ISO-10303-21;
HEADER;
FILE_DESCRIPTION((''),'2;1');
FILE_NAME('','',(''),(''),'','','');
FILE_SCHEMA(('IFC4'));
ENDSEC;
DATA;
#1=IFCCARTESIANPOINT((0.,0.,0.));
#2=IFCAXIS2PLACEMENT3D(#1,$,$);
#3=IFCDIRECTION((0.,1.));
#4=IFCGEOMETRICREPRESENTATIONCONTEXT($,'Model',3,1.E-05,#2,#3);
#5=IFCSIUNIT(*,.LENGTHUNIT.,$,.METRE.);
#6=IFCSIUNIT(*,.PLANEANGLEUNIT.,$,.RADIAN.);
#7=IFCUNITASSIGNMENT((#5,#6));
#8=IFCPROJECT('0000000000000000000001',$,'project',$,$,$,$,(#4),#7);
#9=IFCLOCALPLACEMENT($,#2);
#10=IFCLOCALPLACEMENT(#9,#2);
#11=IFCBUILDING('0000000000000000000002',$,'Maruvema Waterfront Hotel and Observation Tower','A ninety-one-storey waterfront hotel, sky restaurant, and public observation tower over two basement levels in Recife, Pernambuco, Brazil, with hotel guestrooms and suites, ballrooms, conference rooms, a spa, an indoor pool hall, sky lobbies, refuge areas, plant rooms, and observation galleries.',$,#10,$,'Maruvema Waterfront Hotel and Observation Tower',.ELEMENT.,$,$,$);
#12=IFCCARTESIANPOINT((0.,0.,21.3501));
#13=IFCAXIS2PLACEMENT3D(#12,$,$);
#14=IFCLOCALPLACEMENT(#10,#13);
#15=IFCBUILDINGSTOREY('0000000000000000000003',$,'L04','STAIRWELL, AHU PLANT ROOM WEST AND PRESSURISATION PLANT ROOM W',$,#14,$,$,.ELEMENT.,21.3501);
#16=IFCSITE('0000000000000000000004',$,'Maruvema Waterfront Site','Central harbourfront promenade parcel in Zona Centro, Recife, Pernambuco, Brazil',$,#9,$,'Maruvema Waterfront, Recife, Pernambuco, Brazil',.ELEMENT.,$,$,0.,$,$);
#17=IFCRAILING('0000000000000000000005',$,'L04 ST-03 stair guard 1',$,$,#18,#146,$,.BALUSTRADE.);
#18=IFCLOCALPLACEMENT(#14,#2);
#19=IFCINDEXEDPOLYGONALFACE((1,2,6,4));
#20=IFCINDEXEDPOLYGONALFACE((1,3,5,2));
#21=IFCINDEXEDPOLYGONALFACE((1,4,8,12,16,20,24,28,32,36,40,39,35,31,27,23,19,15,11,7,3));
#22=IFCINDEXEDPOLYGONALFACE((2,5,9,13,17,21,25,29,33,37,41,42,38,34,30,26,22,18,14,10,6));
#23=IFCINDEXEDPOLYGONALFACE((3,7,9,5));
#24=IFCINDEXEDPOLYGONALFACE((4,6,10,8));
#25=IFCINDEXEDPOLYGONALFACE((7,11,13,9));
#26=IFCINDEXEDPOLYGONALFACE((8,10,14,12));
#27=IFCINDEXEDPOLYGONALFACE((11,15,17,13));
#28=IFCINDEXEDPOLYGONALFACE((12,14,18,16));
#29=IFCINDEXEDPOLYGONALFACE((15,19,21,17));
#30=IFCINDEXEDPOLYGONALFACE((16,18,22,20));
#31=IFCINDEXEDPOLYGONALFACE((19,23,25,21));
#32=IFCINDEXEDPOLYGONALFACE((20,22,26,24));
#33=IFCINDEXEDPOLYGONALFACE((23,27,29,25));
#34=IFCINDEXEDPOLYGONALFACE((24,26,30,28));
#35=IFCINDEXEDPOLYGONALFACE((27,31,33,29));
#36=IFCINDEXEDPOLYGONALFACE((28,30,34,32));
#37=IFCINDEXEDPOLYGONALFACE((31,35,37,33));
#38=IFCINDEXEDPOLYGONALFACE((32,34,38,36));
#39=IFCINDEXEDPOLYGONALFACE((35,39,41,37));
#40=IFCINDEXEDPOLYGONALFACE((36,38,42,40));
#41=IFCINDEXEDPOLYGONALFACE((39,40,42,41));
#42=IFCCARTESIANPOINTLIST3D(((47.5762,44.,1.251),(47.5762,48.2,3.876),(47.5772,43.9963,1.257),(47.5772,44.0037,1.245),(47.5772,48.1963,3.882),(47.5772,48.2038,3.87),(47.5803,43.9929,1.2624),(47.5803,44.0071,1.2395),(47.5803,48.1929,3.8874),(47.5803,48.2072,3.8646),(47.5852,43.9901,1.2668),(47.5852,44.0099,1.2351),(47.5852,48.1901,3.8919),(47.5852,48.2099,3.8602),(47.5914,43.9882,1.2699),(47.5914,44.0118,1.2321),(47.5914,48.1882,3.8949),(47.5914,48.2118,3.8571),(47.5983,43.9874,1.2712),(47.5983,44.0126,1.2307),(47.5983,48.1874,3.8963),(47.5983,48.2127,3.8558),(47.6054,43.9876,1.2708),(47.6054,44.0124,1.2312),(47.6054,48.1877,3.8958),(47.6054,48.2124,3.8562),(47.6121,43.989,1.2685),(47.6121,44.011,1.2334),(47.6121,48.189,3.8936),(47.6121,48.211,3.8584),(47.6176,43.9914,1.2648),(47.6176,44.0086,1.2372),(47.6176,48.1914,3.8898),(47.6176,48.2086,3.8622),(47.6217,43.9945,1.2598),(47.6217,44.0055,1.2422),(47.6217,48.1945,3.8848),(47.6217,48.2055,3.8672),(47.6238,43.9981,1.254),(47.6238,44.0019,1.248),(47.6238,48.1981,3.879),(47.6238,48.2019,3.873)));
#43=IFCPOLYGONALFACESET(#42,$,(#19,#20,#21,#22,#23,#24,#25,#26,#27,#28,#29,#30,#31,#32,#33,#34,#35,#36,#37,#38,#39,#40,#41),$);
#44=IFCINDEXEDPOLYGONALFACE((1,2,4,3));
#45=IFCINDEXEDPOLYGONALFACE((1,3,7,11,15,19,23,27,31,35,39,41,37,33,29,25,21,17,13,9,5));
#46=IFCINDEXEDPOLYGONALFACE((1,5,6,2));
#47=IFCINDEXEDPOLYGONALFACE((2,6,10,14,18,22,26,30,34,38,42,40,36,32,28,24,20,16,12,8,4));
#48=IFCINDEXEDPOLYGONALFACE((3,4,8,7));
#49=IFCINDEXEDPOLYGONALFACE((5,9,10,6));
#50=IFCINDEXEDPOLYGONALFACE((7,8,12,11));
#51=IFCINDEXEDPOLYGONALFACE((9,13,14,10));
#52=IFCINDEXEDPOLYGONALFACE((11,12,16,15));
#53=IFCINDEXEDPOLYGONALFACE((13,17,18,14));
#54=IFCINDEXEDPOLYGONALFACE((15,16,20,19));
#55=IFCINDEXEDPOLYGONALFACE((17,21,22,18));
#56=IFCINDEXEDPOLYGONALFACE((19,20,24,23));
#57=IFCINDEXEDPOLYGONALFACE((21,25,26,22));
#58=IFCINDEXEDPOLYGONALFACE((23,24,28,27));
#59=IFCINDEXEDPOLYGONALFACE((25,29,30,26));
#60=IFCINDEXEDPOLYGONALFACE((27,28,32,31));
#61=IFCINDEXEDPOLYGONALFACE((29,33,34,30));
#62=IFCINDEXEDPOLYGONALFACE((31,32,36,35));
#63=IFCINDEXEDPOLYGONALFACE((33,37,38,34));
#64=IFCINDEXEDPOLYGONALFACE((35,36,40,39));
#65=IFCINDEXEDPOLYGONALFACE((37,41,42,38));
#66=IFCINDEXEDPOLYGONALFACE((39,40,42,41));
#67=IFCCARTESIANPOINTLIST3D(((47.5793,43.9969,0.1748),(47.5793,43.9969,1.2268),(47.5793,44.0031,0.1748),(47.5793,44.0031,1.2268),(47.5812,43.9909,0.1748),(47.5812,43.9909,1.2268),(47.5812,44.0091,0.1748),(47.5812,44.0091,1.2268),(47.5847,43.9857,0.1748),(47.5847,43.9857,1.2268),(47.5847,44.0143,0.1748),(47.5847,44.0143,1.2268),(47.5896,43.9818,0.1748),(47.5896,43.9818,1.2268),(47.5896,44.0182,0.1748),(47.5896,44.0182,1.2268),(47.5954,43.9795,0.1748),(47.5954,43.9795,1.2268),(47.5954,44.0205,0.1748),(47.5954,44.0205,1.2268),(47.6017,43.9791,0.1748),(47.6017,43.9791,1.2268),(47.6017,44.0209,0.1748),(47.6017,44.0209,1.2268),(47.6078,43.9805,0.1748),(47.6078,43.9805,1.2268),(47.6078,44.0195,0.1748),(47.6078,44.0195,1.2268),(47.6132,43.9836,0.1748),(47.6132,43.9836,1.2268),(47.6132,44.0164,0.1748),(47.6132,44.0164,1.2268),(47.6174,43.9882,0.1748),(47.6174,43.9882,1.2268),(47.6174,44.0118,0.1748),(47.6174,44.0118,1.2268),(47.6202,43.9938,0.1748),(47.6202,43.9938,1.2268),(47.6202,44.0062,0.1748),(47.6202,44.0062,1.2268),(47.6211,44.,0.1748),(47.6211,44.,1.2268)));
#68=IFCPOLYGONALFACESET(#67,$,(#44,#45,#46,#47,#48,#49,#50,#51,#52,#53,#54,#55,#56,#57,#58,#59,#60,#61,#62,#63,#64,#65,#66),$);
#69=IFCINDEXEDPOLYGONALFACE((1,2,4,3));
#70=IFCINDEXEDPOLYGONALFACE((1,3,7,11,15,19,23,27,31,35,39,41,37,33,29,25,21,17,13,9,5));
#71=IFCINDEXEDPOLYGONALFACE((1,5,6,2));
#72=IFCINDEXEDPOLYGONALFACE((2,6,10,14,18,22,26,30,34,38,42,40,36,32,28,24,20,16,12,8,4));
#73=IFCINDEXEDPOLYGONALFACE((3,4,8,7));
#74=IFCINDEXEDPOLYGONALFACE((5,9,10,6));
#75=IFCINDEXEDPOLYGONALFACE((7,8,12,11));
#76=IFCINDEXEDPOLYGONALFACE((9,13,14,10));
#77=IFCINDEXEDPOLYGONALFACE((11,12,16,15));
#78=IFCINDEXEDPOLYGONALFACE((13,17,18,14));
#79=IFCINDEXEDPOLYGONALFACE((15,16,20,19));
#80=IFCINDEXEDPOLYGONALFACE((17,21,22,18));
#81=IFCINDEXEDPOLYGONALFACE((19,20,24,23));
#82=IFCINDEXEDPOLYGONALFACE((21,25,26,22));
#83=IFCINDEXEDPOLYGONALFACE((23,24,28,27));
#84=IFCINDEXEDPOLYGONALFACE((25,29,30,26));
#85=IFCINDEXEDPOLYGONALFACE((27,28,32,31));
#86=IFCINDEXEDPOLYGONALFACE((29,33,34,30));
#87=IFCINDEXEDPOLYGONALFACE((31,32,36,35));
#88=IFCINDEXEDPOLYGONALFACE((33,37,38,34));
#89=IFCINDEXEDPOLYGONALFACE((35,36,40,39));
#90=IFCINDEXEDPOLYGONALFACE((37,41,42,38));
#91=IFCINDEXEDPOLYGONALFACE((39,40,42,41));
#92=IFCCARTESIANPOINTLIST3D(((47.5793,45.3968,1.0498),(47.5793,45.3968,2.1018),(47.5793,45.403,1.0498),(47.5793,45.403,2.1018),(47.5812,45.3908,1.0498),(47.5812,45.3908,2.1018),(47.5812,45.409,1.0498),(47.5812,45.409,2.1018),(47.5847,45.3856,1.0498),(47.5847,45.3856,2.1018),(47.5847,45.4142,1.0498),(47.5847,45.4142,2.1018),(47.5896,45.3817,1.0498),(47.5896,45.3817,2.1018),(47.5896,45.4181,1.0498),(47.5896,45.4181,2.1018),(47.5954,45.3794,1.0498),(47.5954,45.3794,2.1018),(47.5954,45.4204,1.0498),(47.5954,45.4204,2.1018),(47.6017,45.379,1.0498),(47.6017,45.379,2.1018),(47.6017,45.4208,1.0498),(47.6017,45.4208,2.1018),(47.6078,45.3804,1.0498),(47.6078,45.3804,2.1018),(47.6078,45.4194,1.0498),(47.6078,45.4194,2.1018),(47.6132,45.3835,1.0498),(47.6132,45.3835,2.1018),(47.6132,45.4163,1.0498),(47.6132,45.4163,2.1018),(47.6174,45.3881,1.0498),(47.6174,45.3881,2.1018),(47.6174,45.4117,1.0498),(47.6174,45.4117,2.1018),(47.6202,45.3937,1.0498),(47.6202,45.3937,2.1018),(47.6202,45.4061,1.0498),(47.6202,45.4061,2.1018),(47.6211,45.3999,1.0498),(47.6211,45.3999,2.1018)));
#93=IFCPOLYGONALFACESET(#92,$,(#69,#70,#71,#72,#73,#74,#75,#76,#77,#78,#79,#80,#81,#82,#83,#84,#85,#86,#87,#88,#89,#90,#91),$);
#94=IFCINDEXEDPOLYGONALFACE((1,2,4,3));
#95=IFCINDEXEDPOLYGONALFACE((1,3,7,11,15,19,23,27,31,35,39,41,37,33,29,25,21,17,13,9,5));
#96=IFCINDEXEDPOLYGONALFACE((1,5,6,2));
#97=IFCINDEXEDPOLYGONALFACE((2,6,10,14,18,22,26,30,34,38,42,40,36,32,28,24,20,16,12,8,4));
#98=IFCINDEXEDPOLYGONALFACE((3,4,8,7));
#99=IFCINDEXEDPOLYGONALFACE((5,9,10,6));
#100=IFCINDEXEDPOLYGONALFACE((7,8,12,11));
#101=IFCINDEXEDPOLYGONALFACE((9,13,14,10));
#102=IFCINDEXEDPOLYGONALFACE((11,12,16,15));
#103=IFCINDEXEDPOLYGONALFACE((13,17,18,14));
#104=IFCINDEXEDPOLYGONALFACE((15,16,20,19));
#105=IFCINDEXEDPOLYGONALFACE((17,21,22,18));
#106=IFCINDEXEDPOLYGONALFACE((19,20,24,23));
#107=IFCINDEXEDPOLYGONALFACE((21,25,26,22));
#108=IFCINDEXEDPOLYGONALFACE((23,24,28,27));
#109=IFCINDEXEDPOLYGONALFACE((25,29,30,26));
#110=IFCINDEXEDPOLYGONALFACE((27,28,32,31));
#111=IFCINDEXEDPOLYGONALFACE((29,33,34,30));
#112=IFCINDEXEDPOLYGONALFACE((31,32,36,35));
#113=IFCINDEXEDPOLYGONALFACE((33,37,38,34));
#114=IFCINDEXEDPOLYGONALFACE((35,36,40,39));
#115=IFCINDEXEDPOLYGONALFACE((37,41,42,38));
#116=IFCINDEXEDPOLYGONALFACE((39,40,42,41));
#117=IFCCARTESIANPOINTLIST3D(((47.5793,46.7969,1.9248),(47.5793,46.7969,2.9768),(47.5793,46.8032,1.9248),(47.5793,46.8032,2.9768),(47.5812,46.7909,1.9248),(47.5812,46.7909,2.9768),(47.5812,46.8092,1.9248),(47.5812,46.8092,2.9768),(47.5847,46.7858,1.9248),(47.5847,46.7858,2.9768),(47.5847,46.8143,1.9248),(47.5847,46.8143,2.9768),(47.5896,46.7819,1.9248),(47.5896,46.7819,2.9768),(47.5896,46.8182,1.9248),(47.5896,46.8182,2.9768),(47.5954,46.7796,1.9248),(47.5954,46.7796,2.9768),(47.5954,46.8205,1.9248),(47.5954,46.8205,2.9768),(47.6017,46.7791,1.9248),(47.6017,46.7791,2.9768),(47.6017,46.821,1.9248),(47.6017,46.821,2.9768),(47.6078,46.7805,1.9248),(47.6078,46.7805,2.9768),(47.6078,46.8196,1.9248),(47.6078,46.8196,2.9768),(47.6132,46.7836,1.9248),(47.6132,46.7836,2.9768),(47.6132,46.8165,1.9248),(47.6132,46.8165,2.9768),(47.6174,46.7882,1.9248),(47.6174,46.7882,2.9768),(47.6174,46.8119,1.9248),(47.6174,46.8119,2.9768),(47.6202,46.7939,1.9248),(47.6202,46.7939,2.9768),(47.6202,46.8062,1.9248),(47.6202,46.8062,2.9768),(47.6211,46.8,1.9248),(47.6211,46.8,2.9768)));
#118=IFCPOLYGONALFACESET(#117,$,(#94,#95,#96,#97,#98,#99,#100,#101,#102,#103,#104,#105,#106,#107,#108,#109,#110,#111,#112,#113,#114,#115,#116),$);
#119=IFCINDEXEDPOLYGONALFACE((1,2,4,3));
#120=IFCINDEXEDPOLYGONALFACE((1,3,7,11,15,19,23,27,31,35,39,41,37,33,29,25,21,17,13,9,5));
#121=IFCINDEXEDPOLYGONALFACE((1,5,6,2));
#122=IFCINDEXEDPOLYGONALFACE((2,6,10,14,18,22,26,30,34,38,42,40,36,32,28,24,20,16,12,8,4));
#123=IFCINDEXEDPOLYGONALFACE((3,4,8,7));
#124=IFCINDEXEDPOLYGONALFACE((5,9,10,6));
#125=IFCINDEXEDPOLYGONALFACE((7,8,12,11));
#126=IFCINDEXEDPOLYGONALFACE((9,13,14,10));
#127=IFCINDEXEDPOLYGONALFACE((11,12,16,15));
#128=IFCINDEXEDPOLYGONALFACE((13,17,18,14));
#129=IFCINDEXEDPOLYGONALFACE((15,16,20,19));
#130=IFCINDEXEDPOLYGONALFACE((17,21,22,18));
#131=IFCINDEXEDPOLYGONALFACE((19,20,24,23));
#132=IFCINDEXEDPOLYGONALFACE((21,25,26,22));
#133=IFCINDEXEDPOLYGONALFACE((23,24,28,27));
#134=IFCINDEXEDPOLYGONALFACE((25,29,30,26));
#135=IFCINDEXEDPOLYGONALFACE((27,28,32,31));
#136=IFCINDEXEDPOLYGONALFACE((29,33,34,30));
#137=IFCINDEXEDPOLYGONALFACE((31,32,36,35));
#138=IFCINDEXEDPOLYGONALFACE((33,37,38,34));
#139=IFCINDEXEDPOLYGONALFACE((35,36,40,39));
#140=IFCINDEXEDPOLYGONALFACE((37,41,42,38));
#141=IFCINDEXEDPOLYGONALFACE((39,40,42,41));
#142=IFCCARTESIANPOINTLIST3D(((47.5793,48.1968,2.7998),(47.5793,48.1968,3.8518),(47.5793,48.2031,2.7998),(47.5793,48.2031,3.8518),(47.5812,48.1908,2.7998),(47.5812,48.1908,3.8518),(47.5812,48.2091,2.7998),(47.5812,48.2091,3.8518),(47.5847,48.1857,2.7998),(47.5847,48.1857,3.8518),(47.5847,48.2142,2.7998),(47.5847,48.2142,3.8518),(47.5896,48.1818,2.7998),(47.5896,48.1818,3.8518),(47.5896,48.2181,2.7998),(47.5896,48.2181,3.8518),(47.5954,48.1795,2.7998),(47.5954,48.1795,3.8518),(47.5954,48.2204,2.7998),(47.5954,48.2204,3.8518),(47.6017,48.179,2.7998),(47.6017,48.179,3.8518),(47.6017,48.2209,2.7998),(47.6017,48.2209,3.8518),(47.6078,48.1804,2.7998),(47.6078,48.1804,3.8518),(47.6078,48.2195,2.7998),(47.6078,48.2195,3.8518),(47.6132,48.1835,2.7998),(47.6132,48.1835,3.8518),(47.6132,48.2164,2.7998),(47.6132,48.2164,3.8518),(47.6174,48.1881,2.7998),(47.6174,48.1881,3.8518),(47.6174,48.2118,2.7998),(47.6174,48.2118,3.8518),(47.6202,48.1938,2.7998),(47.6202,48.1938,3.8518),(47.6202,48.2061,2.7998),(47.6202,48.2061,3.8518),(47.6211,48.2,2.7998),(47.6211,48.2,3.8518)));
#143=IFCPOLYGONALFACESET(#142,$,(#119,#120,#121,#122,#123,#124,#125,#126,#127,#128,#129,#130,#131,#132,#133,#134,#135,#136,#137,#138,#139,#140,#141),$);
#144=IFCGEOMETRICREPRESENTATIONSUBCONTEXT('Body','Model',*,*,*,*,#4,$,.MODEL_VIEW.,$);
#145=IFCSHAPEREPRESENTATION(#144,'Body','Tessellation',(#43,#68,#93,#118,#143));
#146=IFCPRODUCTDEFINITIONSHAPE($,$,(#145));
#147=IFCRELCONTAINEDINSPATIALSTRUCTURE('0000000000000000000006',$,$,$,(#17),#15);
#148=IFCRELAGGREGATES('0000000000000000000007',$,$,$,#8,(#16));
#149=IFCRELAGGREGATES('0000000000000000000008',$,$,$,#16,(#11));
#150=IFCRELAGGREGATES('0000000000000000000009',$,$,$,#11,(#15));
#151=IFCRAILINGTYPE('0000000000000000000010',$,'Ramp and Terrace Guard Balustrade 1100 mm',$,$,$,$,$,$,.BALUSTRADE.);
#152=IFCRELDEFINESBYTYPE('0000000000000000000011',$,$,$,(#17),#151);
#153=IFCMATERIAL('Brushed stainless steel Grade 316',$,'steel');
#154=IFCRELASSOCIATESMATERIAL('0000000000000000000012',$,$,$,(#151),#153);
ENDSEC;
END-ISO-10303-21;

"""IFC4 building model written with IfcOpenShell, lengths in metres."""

from ifc_helpers import new_model, si_unit, direction, frame, origin, origin_2d, place, context, subcontext, project, spatial, circle, extrude, material, type_object, element, save


model = new_model("IFC4")

# Units and contexts
model_context = context("Model", 3, precision=1e-05, world=origin(), true_north=direction((0.0, 1.0)))
body_context = subcontext(model_context, "Body", "Model", "MODEL_VIEW")
ifc_project = project(units=[si_unit("LENGTHUNIT", "METRE"), si_unit("PLANEANGLEUNIT", "RADIAN")], contexts=[model_context])

# Site, building, storey
site_placement = place(None, origin())
site = spatial("IfcSite", under=ifc_project, at=site_placement, Name="Maruvema Waterfront Site", Description="Central harbourfront promenade parcel in Zona Centro, Recife, Pernambuco, Brazil", LongName="Maruvema Waterfront, Recife, Pernambuco, Brazil", CompositionType="ELEMENT", RefElevation=0.0)
building_placement = place(site_placement, origin())
building = spatial("IfcBuilding", under=site, at=building_placement, Name="Maruvema Waterfront Hotel and Observation Tower", Description="A ninety-one-storey waterfront hotel, sky restaurant, and public observation tower over two basement levels in Recife, Pernambuco, Brazil, with hotel guestrooms and suites, ballrooms, conference rooms, a spa, an indoor pool hall, sky lobbies, refuge areas, plant rooms, and observation galleries.", LongName="Maruvema Waterfront Hotel and Observation Tower", CompositionType="ELEMENT")
storey_placement = place(building_placement, frame((0.0, 0.0, 21.3501)))
storey = spatial("IfcBuildingStorey", under=building, at=storey_placement, Name="L04", Description="STAIRWELL, AHU PLANT ROOM WEST AND PRESSURISATION PLANT ROOM W", CompositionType="ELEMENT", Elevation=21.3501)

# Railing
ifc_material_1 = material(Name="Brushed stainless steel Grade 316", Category="steel")
railing_type_1 = type_object("IfcRailingType", Name="Ramp and Terrace Guard Balustrade 1100 mm", PredefinedType="BALUSTRADE", material=ifc_material_1)
railing_1_placement = place(storey_placement, frame((47.6001, 44.0, 0.1748)))
element("IfcRailing", 1, at=railing_1_placement, inside=storey, type_object=railing_type_1, Name="L04 ST-03 stair guard 1", PredefinedType="BALUSTRADE", context=body_context, shape_type="SweptSolid", body=[
    extrude(circle(Radius=0.0239, at=origin_2d()), frame((0.0, 0.0, 1.0762), z_axis=(0.0, 0.847996, 0.530003), x_axis=(-1.0, 0.0, 0.0)), (0.0, 0.0, 1.0), 4.9529),
    extrude(circle(Radius=0.021, at=origin_2d()), origin(), (0.0, 0.0, 1.0), 1.052),
    extrude(circle(Radius=0.021, at=origin_2d()), frame((0.0, 1.3999, 0.875)), (0.0, 0.0, 1.0), 1.052),
    extrude(circle(Radius=0.021, at=origin_2d()), frame((0.0, 2.8, 1.75)), (0.0, 0.0, 1.0), 1.052),
    extrude(circle(Radius=0.021, at=origin_2d()), frame((0.0, 4.2, 2.625)), (0.0, 0.0, 1.0), 1.052),
])

save(model, "model.ifc")
